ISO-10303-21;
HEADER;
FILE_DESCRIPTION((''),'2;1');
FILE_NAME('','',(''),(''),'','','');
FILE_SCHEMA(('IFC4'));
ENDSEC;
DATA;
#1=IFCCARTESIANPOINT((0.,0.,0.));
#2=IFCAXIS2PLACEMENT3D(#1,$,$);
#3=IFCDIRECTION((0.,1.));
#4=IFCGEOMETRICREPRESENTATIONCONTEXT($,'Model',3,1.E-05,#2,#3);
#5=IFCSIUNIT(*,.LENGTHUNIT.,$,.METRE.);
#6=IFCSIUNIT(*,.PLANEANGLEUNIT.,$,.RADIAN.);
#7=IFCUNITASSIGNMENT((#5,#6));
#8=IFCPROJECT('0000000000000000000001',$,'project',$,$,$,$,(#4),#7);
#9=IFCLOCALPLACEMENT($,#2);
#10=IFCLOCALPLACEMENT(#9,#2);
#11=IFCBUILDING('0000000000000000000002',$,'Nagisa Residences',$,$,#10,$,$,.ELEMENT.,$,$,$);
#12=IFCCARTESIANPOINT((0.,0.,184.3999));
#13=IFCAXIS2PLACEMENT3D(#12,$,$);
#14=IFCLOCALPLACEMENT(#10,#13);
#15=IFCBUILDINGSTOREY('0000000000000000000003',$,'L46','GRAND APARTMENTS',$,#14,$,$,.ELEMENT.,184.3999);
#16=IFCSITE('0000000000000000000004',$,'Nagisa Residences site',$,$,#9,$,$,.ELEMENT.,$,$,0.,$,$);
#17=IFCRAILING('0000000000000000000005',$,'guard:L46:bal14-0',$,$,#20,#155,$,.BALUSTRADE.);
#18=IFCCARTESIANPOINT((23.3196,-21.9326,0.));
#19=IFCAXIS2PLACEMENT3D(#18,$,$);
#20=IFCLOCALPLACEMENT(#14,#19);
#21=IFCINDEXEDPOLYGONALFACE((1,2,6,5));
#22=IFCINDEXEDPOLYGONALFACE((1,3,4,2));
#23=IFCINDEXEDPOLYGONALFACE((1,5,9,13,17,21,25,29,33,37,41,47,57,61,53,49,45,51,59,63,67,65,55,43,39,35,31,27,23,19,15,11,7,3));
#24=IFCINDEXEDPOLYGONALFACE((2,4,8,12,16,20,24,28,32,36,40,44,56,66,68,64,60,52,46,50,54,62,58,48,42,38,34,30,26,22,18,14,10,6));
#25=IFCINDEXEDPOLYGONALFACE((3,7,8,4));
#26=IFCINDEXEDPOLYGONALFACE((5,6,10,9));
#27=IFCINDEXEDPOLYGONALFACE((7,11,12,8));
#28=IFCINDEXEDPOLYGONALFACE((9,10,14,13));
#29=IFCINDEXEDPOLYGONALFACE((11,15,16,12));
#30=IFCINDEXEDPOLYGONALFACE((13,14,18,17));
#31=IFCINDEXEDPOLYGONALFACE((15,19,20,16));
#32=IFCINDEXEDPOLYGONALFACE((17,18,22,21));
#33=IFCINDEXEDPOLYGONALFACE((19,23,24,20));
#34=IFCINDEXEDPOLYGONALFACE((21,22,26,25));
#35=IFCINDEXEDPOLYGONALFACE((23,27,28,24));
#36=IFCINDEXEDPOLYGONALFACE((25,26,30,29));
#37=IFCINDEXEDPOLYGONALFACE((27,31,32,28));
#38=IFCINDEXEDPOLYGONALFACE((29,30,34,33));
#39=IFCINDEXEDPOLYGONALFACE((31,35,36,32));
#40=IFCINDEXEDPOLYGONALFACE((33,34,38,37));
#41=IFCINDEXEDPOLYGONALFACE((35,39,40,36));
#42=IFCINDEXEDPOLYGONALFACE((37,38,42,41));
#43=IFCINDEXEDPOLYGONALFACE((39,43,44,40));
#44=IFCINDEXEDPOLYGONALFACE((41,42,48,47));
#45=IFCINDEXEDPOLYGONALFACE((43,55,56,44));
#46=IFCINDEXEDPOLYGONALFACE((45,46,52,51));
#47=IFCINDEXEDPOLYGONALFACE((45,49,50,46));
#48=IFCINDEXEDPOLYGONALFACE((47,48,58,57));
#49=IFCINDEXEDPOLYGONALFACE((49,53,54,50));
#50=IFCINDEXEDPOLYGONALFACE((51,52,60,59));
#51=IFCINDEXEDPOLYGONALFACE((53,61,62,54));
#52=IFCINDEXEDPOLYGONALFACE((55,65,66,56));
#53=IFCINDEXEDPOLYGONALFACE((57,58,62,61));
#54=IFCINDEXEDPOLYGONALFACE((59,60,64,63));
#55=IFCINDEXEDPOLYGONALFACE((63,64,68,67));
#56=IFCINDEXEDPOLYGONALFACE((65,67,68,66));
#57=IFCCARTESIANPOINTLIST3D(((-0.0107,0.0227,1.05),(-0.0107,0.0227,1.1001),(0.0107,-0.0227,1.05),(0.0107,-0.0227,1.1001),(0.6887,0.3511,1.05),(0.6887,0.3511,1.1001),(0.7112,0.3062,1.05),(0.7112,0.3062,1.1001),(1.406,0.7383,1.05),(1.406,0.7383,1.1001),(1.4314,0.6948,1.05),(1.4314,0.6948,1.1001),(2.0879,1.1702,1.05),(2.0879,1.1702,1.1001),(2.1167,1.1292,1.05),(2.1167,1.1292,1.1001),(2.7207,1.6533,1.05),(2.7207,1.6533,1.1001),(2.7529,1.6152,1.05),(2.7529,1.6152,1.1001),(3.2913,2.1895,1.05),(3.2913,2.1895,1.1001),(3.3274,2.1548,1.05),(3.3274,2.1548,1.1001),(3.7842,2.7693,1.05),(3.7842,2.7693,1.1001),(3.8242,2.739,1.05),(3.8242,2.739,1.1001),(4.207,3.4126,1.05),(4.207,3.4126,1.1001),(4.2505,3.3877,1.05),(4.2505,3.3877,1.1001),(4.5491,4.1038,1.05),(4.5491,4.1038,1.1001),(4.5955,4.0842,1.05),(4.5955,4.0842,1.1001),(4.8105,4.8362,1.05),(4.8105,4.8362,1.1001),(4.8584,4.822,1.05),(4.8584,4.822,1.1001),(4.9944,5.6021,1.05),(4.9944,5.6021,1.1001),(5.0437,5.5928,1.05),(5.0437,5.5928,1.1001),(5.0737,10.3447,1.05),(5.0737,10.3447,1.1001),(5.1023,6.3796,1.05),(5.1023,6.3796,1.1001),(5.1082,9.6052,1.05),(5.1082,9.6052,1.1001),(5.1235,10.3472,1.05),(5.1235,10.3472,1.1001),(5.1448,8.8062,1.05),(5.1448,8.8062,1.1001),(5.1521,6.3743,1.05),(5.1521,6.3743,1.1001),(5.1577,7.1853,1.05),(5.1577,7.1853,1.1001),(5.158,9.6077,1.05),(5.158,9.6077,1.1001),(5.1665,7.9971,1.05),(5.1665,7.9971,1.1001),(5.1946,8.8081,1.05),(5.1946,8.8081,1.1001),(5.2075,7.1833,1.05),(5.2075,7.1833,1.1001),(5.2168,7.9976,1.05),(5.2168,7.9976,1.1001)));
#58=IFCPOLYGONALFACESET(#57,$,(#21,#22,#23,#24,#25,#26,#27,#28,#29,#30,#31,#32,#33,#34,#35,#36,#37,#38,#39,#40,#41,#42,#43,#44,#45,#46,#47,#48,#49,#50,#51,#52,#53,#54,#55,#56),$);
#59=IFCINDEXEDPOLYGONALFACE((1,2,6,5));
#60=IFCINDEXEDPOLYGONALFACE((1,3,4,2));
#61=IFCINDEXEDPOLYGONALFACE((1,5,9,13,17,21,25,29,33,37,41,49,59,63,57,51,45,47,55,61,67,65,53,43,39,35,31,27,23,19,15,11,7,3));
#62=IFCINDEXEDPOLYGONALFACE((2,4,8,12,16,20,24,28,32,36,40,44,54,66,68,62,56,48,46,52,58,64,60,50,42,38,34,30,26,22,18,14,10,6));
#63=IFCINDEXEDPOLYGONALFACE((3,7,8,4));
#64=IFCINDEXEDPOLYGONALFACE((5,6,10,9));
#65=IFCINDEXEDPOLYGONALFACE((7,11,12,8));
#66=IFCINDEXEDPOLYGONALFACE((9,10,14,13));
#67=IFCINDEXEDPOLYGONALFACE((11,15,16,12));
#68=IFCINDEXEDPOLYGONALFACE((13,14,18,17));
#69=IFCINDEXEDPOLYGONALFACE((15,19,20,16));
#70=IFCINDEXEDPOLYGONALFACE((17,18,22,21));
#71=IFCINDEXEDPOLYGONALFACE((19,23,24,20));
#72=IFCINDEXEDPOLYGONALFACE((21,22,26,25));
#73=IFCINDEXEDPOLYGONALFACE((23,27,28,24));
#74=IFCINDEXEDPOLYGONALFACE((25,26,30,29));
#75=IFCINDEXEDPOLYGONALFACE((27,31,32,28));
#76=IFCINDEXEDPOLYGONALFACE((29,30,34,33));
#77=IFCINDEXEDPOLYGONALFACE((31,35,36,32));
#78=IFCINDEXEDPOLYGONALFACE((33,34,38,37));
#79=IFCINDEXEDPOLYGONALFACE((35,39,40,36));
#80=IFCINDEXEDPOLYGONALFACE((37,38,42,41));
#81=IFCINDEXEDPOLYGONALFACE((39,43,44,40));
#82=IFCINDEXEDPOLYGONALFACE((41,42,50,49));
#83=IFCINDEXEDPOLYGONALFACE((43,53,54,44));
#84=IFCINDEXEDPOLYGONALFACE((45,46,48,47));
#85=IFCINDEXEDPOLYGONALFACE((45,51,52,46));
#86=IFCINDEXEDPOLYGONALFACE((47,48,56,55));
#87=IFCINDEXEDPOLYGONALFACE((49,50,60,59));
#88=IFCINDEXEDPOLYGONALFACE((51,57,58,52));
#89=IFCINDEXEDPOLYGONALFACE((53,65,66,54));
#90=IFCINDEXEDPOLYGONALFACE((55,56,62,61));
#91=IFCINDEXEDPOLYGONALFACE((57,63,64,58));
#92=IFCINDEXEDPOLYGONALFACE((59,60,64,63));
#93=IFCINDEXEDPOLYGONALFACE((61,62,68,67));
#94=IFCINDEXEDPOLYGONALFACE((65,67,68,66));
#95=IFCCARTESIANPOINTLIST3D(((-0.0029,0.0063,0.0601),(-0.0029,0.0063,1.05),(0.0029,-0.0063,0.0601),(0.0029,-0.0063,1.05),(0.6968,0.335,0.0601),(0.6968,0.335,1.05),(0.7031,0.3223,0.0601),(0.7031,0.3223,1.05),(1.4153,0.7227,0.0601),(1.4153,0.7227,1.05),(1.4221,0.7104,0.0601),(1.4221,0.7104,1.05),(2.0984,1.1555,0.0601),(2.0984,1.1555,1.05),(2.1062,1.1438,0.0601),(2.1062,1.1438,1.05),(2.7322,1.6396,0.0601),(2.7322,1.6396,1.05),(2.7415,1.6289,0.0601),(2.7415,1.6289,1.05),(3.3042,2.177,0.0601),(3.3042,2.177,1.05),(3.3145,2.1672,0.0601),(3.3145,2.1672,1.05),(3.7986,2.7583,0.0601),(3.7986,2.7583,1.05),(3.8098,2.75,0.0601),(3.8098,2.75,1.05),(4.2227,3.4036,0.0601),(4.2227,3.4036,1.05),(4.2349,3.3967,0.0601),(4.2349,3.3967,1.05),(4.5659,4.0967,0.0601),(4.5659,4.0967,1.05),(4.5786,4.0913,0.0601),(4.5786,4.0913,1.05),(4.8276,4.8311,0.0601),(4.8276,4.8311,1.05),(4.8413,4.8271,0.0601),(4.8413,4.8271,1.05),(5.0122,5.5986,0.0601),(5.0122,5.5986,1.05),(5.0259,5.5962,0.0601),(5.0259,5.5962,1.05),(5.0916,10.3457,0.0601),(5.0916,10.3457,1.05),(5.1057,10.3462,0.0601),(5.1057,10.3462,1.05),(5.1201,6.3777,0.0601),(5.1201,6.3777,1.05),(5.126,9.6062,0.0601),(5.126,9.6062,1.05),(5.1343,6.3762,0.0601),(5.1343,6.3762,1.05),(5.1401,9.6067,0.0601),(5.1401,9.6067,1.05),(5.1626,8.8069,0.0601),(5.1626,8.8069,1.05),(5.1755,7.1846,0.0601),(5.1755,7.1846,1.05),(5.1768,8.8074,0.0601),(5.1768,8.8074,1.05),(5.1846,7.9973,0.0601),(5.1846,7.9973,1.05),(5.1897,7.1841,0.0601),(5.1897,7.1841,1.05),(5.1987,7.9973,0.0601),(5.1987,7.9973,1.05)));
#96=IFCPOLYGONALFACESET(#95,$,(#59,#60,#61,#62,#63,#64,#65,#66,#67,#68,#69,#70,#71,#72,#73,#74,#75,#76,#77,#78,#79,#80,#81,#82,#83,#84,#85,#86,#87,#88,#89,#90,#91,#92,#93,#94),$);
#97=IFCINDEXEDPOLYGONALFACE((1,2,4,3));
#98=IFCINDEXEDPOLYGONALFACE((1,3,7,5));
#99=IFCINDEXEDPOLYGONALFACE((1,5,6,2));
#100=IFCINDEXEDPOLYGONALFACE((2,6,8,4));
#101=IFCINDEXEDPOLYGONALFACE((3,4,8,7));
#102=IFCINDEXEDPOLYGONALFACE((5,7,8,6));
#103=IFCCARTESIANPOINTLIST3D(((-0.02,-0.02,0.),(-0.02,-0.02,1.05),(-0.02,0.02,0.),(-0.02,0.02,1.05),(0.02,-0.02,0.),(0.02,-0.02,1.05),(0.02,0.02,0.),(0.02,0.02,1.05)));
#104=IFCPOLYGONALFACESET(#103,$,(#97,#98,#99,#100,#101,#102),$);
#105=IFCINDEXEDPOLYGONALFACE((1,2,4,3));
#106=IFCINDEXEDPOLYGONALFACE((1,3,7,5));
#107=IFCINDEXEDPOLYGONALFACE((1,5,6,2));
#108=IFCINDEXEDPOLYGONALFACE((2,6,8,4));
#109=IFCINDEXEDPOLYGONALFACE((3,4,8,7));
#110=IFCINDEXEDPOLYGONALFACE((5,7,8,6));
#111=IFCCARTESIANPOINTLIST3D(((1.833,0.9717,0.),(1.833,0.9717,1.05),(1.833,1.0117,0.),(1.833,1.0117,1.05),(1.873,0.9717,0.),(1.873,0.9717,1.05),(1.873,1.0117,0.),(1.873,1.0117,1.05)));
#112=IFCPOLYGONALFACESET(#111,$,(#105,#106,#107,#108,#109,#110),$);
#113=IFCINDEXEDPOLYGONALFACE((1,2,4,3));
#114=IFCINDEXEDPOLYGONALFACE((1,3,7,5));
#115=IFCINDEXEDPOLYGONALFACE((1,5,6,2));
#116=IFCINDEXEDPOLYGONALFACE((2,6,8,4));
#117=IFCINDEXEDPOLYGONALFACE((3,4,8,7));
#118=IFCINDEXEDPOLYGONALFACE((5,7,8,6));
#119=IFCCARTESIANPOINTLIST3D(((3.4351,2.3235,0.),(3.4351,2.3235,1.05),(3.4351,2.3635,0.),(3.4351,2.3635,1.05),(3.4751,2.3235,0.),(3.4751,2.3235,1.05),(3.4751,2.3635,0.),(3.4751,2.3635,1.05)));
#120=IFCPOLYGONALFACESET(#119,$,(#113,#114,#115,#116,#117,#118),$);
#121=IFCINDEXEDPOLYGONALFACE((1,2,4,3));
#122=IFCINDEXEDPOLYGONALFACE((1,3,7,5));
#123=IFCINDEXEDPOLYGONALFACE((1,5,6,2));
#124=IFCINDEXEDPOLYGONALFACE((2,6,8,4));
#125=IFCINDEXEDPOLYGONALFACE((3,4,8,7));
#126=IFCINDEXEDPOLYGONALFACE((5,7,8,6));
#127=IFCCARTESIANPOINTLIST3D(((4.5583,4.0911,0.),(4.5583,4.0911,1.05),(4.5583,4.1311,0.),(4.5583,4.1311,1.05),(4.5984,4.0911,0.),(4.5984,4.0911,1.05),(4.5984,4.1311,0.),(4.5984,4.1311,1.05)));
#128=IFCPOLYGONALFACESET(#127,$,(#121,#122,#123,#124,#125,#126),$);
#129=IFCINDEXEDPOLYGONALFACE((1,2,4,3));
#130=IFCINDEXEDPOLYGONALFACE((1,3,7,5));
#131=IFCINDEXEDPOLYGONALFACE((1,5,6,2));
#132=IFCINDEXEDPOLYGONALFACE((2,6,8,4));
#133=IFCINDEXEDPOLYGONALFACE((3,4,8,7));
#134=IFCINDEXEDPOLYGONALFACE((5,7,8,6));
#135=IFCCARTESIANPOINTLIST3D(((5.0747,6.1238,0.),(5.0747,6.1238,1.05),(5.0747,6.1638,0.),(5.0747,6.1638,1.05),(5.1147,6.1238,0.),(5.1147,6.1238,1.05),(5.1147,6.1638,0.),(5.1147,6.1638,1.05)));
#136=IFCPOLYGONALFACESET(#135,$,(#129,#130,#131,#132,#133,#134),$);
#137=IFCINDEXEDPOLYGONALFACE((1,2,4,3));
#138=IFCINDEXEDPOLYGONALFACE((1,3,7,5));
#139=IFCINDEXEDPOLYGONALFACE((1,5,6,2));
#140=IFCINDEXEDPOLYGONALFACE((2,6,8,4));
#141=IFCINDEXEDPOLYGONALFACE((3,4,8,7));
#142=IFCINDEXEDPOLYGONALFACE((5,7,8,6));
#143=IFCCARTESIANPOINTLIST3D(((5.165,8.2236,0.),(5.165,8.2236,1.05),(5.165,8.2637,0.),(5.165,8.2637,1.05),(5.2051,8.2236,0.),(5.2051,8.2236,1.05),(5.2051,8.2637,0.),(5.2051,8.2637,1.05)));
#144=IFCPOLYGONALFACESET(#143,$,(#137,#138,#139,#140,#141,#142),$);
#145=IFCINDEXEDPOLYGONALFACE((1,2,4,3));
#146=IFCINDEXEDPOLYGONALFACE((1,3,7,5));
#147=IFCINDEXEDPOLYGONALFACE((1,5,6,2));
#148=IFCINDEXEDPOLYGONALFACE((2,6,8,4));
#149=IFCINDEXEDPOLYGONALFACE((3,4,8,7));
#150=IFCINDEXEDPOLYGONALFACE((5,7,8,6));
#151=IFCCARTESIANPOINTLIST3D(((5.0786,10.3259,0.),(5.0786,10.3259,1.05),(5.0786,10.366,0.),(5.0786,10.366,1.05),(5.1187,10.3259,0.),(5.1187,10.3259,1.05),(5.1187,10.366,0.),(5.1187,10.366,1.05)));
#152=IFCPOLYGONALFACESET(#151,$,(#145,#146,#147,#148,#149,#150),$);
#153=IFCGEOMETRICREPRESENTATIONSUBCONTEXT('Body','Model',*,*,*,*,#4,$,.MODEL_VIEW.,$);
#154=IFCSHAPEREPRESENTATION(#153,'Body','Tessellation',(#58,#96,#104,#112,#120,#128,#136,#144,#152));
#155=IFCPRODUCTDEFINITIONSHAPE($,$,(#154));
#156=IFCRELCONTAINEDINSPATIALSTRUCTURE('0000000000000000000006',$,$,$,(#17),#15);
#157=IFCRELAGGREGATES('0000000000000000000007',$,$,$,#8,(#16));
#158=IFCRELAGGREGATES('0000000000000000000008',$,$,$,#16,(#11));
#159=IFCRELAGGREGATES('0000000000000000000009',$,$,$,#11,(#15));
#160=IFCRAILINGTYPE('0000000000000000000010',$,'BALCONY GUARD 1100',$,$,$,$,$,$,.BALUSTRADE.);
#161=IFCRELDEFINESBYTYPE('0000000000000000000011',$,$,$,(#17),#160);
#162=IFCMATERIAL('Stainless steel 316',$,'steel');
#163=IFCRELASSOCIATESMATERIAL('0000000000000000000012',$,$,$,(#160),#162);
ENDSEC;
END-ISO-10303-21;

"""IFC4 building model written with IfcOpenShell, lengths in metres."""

from ifc_helpers import new_model, si_unit, direction, frame, origin, origin_2d, place, context, subcontext, project, spatial, polyline, rectangle, outline, extrude, material, type_object, element, save


model = new_model("IFC4")

# Units and contexts
model_context = context("Model", 3, precision=1e-05, world=origin(), true_north=direction((0.0, 1.0)))
body_context = subcontext(model_context, "Body", "Model", "MODEL_VIEW")
ifc_project = project(units=[si_unit("LENGTHUNIT", "METRE"), si_unit("PLANEANGLEUNIT", "RADIAN")], contexts=[model_context])

# Site, building, storey
site_placement = place(None, origin())
site = spatial("IfcSite", under=ifc_project, at=site_placement, Name="Nagisa Residences site", CompositionType="ELEMENT", RefElevation=0.0)
building_placement = place(site_placement, origin())
building = spatial("IfcBuilding", under=site, at=building_placement, Name="Nagisa Residences", CompositionType="ELEMENT")
storey_placement = place(building_placement, frame((0.0, 0.0, 184.3999)))
storey = spatial("IfcBuildingStorey", under=building, at=storey_placement, Name="L46", Description="GRAND APARTMENTS", CompositionType="ELEMENT", Elevation=184.3999)

# Railing
ifc_material_1 = material(Name="Stainless steel 316", Category="steel")
railing_type = type_object("IfcRailingType", Name="BALCONY GUARD 1100", PredefinedType="BALUSTRADE", material=ifc_material_1)
railing_1_placement = place(storey_placement, frame((23.3196, -21.9326, 0.0)))
element("IfcRailing", 1, at=railing_1_placement, inside=storey, type_object=railing_type, Name="guard:L46:bal14-0", PredefinedType="BALUSTRADE", context=body_context, shape_type="SweptSolid", body=[
    extrude(outline(polyline([(0.6887, 0.3511), (-0.0107, 0.0227), (0.0107, -0.0227), (0.7112, 0.3062), (1.4314, 0.6948), (2.1167, 1.1292), (2.7529, 1.6152), (3.3274, 2.1548), (3.8242, 2.739), (4.2505, 3.3877), (4.5955, 4.0842), (4.8584, 4.822), (5.0437, 5.5928), (5.1521, 6.3743), (5.2075, 7.1833), (5.2168, 7.9976), (5.1946, 8.8081), (5.158, 9.6077), (5.1235, 10.3472), (5.0737, 10.3447), (5.1082, 9.6052), (5.1448, 8.8062), (5.1665, 7.9971), (5.1577, 7.1853), (5.1023, 6.3796), (4.9944, 5.6021), (4.8105, 4.8362), (4.5491, 4.1038), (4.207, 3.4126), (3.7842, 2.7693), (3.2913, 2.1895), (2.7207, 1.6533), (2.0879, 1.1702), (1.406, 0.7383), (0.6887, 0.3511)])), frame((0.0, 0.0, 1.05)), (0.0, 0.0, 1.0), 0.05),
    extrude(outline(polyline([(0.6968, 0.335), (-0.0029, 0.0063), (0.0029, -0.0063), (0.7031, 0.3223), (1.4221, 0.7104), (2.1062, 1.1438), (2.7415, 1.6289), (3.3145, 2.1672), (3.8098, 2.75), (4.2349, 3.3967), (4.5786, 4.0913), (4.8413, 4.8271), (5.0259, 5.5962), (5.1343, 6.3762), (5.1897, 7.1841), (5.1987, 7.9973), (5.1768, 8.8074), (5.1401, 9.6067), (5.1057, 10.3462), (5.0916, 10.3457), (5.126, 9.6062), (5.1626, 8.8069), (5.1846, 7.9973), (5.1755, 7.1846), (5.1201, 6.3777), (5.0122, 5.5986), (4.8276, 4.8311), (4.5659, 4.0967), (4.2227, 3.4036), (3.7986, 2.7583), (3.3042, 2.177), (2.7322, 1.6396), (2.0984, 1.1555), (1.4153, 0.7227), (0.6968, 0.335)])), frame((0.0, 0.0, 0.0601)), (0.0, 0.0, 1.0), 0.99),
    extrude(rectangle(XDim=0.04, YDim=0.04, at=origin_2d()), origin(), (0.0, 0.0, 1.0), 1.05),
    extrude(rectangle(XDim=0.04, YDim=0.04, at=origin_2d()), frame((1.853, 0.9917, 0.0)), (0.0, 0.0, 1.0), 1.05),
    extrude(rectangle(XDim=0.04, YDim=0.04, at=origin_2d()), frame((3.4551, 2.3435, 0.0)), (0.0, 0.0, 1.0), 1.05),
    extrude(rectangle(XDim=0.04, YDim=0.04, at=origin_2d()), frame((4.5784, 4.1111, 0.0)), (0.0, 0.0, 1.0), 1.05),
    extrude(rectangle(XDim=0.04, YDim=0.04, at=origin_2d()), frame((5.0947, 6.1438, 0.0)), (0.0, 0.0, 1.0), 1.05),
    extrude(rectangle(XDim=0.04, YDim=0.04, at=origin_2d()), frame((5.1851, 8.2437, 0.0)), (0.0, 0.0, 1.0), 1.05),
    extrude(rectangle(XDim=0.04, YDim=0.04, at=origin_2d()), frame((5.0986, 10.3459, 0.0)), (0.0, 0.0, 1.0), 1.05),
])

save(model, "model.ifc")
